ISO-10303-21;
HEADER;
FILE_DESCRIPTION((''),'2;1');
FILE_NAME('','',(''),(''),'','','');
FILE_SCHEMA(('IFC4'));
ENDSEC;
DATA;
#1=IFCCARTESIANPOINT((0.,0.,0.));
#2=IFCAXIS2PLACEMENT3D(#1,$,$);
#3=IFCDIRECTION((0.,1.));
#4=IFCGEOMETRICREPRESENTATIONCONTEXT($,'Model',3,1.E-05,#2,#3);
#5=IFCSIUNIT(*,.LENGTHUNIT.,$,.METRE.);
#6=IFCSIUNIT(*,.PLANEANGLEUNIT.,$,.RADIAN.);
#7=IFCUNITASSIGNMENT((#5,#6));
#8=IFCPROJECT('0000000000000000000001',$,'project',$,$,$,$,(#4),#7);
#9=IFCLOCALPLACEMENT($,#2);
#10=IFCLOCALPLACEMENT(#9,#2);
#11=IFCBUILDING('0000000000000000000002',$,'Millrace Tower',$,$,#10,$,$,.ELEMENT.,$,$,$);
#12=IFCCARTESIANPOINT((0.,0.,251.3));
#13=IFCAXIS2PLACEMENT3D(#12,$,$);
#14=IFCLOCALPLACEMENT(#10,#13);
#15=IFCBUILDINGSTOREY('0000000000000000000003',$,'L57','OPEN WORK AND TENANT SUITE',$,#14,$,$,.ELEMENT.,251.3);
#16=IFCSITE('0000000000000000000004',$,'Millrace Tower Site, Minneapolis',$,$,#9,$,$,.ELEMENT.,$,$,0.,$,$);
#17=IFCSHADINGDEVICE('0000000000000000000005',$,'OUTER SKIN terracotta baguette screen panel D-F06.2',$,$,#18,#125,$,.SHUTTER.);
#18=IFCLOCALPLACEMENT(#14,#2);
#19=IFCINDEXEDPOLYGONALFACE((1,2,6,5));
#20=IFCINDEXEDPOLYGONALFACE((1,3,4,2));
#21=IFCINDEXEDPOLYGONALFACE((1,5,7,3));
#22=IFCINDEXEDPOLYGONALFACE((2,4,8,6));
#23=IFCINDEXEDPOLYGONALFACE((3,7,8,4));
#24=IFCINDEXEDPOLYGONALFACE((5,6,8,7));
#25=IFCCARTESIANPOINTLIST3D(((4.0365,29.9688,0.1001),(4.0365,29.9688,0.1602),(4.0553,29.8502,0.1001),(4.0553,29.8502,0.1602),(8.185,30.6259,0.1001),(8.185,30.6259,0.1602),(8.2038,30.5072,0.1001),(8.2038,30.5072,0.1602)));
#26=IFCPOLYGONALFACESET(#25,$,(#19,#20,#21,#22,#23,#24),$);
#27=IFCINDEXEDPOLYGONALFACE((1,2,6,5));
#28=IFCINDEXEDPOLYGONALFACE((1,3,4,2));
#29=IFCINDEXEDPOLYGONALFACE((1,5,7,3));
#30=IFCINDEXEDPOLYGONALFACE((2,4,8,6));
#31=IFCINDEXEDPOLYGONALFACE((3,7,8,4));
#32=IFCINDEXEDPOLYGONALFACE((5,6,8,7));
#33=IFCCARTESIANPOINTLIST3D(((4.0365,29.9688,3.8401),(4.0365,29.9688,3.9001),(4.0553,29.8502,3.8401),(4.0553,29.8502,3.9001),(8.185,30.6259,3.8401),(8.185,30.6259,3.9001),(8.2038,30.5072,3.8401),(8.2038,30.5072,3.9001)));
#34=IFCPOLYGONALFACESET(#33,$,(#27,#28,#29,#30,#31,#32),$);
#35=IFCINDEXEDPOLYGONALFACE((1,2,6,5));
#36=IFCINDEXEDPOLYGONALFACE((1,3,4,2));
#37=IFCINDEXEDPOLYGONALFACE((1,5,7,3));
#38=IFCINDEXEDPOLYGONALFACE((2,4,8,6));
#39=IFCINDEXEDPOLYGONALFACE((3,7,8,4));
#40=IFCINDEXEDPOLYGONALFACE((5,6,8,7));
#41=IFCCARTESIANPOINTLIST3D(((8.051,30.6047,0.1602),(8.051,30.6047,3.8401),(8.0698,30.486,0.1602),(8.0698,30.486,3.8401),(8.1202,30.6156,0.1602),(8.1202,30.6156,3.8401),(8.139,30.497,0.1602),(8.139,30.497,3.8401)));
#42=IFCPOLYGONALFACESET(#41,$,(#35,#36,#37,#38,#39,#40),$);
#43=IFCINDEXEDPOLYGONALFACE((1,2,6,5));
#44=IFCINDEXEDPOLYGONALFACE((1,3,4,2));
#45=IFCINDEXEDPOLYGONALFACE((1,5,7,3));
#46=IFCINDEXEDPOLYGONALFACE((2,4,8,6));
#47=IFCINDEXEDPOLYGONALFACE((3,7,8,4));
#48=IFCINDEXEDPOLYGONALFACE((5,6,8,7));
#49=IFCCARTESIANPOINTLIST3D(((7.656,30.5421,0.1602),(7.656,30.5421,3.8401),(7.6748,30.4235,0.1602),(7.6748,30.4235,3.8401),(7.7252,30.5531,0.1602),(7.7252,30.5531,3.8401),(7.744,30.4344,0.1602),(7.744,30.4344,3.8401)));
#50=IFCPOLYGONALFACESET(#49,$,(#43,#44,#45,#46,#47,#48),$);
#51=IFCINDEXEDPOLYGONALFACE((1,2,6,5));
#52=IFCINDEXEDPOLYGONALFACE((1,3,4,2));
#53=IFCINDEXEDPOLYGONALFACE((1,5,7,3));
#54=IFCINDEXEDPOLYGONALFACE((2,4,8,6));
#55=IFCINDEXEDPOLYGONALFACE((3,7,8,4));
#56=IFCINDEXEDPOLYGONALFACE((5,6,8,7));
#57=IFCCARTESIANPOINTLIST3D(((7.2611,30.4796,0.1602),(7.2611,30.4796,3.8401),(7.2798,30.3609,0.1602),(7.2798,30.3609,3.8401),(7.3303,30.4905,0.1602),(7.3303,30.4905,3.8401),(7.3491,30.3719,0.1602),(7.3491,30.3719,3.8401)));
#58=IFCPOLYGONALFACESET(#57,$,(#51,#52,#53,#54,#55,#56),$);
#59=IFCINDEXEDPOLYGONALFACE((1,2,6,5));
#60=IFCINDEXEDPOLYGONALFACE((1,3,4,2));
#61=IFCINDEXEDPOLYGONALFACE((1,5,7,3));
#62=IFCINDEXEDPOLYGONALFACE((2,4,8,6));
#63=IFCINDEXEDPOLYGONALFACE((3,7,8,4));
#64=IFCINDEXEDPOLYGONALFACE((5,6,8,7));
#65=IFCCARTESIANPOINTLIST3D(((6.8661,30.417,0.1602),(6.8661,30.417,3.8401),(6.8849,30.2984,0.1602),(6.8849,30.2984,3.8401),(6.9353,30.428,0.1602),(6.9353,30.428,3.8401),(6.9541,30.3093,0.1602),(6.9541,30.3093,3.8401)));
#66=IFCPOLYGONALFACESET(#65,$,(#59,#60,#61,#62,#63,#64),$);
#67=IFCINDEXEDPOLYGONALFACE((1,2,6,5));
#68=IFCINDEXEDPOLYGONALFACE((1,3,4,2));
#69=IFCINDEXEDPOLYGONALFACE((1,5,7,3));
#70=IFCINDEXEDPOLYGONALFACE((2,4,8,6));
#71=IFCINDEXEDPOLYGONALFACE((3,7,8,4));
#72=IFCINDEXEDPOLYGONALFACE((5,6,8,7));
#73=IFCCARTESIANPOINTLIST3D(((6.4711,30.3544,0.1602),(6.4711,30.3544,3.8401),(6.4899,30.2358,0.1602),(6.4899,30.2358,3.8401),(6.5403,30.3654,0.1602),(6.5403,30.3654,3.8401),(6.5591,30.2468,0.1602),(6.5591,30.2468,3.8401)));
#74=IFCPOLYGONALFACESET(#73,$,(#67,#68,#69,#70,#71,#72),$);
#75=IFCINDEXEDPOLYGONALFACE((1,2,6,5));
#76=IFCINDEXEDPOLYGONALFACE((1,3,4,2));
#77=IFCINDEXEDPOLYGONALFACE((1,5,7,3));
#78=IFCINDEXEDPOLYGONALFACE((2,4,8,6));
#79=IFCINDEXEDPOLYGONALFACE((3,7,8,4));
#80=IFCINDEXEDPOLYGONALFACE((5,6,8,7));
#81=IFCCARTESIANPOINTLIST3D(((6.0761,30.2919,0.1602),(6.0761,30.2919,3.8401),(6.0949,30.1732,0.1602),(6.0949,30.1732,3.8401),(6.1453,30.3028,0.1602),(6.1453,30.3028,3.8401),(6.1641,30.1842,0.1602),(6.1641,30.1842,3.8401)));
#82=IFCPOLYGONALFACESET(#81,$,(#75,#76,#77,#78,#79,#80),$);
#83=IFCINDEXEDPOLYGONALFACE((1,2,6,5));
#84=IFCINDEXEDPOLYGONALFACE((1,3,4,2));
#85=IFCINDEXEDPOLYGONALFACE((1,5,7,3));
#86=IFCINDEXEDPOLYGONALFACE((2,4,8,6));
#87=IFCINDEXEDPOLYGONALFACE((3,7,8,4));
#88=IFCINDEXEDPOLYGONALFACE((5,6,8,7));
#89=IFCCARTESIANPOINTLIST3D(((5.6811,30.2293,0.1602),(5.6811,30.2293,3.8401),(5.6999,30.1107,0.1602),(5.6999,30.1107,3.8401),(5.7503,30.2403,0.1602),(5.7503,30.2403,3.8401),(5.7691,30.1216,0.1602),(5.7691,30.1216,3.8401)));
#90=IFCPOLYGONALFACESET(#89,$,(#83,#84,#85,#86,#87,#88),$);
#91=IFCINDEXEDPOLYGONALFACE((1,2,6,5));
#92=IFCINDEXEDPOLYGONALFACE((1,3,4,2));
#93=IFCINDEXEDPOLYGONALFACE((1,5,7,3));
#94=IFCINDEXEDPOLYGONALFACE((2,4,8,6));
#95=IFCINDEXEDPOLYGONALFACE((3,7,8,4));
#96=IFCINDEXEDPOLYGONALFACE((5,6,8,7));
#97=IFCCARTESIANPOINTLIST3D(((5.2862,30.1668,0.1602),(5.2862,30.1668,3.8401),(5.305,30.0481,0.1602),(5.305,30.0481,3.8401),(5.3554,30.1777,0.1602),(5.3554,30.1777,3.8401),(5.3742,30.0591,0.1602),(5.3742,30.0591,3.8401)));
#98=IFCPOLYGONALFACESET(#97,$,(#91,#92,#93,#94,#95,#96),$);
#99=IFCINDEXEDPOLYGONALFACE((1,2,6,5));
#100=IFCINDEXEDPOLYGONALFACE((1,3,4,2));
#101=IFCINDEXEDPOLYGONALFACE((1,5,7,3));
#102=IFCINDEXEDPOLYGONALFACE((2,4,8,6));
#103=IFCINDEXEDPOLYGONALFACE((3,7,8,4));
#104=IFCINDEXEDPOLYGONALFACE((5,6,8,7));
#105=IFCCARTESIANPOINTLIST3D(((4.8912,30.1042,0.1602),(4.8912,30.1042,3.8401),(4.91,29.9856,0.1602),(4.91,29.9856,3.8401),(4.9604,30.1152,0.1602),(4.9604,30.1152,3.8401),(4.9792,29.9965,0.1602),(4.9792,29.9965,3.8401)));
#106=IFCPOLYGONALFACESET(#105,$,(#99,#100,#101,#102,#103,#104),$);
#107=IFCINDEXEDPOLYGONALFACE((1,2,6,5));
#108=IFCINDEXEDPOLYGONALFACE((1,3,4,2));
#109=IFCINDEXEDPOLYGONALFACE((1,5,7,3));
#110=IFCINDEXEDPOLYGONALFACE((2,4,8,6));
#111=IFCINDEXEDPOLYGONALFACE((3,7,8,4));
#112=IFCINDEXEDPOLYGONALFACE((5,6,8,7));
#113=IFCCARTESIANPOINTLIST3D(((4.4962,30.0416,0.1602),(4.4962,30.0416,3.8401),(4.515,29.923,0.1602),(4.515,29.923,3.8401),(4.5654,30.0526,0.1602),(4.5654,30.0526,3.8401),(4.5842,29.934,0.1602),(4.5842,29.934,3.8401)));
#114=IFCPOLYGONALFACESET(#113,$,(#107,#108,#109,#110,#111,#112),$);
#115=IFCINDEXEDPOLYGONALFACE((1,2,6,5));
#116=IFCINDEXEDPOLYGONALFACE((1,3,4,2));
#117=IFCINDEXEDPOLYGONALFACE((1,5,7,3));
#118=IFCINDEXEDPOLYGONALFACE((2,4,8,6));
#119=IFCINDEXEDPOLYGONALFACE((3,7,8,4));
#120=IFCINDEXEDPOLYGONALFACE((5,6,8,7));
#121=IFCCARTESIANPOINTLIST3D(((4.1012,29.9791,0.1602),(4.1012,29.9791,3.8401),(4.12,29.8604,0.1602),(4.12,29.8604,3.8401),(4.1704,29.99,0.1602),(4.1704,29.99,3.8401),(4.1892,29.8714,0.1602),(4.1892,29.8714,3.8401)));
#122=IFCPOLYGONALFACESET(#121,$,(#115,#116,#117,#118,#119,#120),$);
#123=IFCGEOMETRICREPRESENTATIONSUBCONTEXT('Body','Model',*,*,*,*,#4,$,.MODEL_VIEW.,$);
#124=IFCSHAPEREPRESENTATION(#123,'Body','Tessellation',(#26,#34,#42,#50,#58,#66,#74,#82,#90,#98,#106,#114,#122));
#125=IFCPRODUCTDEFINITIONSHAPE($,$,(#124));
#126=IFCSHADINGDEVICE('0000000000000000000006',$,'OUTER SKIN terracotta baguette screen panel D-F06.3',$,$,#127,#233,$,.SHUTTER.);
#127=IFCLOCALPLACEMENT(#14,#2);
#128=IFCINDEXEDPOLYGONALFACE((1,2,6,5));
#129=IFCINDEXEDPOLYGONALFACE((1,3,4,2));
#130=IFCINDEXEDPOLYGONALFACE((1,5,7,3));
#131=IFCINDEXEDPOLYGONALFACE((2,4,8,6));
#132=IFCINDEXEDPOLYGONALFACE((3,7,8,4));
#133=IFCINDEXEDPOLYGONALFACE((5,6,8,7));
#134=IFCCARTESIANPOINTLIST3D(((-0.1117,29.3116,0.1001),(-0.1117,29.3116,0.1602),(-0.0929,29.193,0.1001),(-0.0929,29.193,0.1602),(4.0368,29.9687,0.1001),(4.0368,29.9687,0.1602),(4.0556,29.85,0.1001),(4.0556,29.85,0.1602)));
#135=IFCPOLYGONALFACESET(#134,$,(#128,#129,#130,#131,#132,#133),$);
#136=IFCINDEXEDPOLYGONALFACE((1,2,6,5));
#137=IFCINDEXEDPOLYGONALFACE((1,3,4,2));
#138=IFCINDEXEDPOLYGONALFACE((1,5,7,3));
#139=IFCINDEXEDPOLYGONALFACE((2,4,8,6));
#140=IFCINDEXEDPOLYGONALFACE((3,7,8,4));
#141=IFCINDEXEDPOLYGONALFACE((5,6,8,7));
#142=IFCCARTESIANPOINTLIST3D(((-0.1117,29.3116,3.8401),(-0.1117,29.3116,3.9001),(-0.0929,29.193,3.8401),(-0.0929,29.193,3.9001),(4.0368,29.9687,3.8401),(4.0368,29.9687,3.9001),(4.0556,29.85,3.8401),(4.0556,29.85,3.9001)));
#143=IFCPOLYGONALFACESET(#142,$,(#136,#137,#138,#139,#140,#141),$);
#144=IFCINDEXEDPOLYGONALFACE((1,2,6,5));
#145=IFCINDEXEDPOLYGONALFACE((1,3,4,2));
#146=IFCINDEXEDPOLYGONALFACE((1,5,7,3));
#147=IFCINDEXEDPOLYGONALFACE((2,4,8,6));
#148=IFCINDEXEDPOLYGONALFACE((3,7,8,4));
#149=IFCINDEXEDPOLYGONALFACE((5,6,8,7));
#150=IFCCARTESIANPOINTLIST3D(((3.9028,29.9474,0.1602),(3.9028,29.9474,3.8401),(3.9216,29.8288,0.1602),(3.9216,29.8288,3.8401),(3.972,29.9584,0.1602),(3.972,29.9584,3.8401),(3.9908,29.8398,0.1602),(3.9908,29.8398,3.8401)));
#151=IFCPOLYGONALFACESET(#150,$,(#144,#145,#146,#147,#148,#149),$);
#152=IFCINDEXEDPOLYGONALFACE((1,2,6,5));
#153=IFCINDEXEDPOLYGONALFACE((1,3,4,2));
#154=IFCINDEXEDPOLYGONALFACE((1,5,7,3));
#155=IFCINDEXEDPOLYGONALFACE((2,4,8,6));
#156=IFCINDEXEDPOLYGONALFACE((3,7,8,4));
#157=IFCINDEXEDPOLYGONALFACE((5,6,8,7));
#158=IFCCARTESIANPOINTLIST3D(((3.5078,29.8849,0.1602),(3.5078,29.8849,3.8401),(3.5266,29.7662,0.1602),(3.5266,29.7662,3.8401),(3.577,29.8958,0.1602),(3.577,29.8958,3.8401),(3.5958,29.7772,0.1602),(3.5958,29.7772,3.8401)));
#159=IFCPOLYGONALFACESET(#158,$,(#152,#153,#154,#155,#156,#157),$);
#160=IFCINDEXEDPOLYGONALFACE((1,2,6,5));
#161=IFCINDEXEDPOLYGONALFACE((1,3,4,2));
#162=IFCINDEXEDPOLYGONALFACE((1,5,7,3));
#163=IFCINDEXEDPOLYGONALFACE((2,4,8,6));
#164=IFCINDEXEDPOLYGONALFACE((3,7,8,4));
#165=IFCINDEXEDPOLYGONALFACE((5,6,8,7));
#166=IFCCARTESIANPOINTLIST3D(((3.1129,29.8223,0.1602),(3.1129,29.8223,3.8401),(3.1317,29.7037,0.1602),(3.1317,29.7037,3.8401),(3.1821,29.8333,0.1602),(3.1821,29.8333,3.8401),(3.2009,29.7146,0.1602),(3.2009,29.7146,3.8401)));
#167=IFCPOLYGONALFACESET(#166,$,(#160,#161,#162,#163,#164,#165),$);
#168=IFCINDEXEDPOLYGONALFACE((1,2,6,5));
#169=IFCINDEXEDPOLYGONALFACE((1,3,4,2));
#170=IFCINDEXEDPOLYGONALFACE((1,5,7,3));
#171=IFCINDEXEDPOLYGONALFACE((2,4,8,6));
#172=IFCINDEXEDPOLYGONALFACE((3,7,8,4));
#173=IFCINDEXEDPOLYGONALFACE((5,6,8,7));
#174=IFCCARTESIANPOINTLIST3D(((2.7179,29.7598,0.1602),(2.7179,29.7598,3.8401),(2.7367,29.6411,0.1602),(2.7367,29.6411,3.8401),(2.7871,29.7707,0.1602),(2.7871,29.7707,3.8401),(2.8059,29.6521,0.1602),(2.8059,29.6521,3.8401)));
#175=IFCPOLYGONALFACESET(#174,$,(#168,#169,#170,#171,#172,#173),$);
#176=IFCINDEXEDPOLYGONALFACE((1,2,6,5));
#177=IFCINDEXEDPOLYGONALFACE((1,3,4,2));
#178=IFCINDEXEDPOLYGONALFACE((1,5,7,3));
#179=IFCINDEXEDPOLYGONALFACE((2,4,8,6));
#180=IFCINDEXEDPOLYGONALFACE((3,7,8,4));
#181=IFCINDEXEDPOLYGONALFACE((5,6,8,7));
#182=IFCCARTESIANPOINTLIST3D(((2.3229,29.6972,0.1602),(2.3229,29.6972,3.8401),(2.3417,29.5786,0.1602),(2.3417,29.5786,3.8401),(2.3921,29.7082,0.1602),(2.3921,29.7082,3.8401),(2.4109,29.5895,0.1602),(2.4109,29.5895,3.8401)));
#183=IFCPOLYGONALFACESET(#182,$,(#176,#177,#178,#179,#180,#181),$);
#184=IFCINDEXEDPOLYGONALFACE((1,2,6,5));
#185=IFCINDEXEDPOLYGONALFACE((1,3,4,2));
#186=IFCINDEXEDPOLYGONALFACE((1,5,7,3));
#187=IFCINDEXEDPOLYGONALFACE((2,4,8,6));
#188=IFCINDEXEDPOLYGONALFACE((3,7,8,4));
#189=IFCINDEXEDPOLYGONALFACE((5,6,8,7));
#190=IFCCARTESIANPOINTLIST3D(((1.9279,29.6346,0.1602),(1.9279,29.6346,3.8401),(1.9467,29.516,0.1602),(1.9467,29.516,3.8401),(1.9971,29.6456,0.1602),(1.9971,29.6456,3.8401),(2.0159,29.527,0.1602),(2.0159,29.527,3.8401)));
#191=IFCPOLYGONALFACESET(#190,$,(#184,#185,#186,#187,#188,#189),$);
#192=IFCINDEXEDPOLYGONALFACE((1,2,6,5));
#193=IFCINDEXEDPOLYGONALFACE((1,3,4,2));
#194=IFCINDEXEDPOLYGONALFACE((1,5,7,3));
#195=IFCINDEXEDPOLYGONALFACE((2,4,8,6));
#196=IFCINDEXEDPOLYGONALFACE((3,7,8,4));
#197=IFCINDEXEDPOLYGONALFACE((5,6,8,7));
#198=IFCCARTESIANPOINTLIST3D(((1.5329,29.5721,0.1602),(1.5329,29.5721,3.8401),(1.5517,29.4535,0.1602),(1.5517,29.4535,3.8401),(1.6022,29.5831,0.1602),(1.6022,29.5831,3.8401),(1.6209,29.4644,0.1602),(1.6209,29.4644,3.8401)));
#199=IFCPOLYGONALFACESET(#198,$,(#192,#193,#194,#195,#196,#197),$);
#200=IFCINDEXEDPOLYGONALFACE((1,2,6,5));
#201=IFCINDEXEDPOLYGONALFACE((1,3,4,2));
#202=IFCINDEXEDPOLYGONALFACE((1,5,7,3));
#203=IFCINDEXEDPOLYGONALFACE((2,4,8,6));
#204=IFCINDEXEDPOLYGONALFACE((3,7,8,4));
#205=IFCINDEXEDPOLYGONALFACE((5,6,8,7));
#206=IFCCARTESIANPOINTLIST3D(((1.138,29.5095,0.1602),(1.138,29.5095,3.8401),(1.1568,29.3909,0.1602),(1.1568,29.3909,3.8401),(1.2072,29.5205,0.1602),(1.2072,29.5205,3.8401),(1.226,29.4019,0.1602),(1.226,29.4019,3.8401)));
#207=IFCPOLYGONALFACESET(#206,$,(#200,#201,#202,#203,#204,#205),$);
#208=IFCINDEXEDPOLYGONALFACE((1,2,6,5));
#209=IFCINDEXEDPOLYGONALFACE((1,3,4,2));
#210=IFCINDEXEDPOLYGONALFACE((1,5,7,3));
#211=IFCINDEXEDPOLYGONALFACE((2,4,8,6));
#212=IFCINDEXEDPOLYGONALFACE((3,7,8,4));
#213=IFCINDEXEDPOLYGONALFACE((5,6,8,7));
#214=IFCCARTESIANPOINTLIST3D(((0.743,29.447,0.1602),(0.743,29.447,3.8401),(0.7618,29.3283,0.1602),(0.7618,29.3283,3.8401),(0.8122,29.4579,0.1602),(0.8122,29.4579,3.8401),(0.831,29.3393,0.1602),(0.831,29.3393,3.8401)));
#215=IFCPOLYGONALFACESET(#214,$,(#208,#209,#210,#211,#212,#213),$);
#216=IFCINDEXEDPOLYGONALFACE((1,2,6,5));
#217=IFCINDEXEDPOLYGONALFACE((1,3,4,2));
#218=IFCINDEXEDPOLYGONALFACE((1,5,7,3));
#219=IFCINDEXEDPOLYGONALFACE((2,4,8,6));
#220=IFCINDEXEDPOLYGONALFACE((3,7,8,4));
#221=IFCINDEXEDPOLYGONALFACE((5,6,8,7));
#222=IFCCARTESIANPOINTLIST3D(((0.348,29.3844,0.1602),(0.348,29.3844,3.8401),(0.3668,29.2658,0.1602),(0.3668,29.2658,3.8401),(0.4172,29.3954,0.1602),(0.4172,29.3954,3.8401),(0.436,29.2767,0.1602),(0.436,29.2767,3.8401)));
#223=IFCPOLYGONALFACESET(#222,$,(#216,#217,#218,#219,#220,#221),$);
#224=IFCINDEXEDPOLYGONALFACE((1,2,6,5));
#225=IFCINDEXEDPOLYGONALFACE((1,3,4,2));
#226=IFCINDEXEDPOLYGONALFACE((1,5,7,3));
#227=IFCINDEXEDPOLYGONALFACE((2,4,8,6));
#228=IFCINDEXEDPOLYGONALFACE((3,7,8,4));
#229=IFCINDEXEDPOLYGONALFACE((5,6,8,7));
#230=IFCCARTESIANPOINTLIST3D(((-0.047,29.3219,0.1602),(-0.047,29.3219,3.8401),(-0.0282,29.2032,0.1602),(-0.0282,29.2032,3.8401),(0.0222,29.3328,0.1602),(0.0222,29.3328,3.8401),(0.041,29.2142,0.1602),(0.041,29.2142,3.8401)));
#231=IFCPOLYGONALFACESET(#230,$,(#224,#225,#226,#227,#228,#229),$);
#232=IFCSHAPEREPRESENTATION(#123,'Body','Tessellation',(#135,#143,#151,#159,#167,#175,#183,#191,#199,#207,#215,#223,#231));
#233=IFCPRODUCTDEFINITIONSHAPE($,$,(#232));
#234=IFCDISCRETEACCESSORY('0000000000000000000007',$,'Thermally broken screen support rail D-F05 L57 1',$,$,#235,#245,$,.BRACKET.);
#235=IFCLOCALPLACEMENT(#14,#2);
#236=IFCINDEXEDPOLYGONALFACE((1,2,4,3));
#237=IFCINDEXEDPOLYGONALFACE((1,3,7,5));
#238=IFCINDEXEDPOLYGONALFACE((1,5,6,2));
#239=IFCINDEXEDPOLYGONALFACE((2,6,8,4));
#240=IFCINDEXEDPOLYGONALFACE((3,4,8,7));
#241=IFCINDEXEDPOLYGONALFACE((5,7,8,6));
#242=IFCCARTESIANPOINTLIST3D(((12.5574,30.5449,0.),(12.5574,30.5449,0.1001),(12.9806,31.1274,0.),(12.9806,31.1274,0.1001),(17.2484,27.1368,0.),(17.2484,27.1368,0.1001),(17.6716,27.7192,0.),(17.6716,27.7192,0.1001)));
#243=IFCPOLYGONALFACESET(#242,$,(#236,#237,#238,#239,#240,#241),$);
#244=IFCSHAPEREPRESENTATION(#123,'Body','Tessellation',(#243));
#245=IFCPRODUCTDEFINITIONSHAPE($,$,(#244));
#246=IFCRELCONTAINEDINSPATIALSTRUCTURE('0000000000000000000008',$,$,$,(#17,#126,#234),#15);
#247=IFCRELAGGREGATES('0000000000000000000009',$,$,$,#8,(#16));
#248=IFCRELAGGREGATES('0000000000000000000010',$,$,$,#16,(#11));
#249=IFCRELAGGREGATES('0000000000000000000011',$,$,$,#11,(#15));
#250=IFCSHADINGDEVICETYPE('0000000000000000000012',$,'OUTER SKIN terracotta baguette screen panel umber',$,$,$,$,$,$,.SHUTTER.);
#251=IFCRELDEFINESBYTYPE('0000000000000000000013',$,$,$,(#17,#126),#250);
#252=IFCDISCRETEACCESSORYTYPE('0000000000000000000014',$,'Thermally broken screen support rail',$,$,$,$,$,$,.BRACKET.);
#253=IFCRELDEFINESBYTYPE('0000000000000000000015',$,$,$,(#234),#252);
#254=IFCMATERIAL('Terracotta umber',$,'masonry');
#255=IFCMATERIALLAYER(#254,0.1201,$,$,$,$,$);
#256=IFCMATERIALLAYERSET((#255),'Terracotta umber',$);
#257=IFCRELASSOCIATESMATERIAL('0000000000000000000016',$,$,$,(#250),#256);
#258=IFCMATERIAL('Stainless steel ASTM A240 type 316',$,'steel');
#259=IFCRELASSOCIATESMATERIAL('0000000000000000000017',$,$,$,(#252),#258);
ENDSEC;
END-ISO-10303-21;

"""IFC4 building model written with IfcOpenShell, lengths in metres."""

from ifc_helpers import new_model, entity, si_unit, direction, frame, frame_2d, origin, origin_2d, place, context, subcontext, project, spatial, rectangle, extrude, source, transform, mapped, material, layer, layer_set, type_object, element, save


model = new_model("IFC4")

# Units and contexts
model_context = context("Model", 3, precision=1e-05, world=origin(), true_north=direction((0.0, 1.0)))
body_context = subcontext(model_context, "Body", "Model", "MODEL_VIEW")
ifc_project = project(units=[si_unit("LENGTHUNIT", "METRE"), si_unit("PLANEANGLEUNIT", "RADIAN")], contexts=[model_context])

# Site, building, storey
site_placement = place(None, origin())
site = spatial("IfcSite", under=ifc_project, at=site_placement, Name="Millrace Tower Site, Minneapolis", CompositionType="ELEMENT", RefElevation=0.0)
building_placement = place(site_placement, origin())
building = spatial("IfcBuilding", under=site, at=building_placement, Name="Millrace Tower", CompositionType="ELEMENT")
storey_placement = place(building_placement, frame((0.0, 0.0, 251.3)))
storey = spatial("IfcBuildingStorey", under=building, at=storey_placement, Name="L57", Description="OPEN WORK AND TENANT SUITE", CompositionType="ELEMENT", Elevation=251.3)

# Shading devices
ifc_material_1 = material(Name="Terracotta umber", Category="masonry")
ifc_layer_1 = layer(ifc_material_1, 0.1201)
ifc_layer_set_1 = layer_set([ifc_layer_1], Name="Terracotta umber")
shading_device_type = type_object("IfcShadingDeviceType", Name="OUTER SKIN terracotta baguette screen panel umber", PredefinedType="SHUTTER", material=ifc_layer_set_1)
cartesian_point_1 = entity("IfcCartesianPoint", [-2.1001, 0.0601])
shared_polyline_1 = entity("IfcPolyline", [cartesian_point_1, entity("IfcCartesianPoint", [2.1001, 0.0601]), entity("IfcCartesianPoint", [2.1001, -0.0601]), entity("IfcCartesianPoint", [-2.1001, -0.0601]), cartesian_point_1])
shared_shape_1 = source(origin(), body_context, "Body", "SweptSolid", [
    entity("IfcExtrudedAreaSolid", entity("IfcArbitraryClosedProfileDef", "AREA", None, shared_polyline_1), entity("IfcAxis2Placement3D", entity("IfcCartesianPoint", [0.0, 0.0, 0.0])), entity("IfcDirection", [0.0, 0.0, 1.0]), 0.0601),
    entity("IfcExtrudedAreaSolid", entity("IfcArbitraryClosedProfileDef", "AREA", None, shared_polyline_1), entity("IfcAxis2Placement3D", entity("IfcCartesianPoint", [0.0, 0.0, 3.74])), entity("IfcDirection", [0.0, 0.0, 1.0]), 0.0601),
    extrude(rectangle(XDim=0.0701, YDim=0.1201, at=frame_2d((-1.9995, 0.0))), frame((0.0, 0.0, 0.0601)), (0.0, 0.0, 1.0), 3.6799),
    extrude(rectangle(XDim=0.0701, YDim=0.1201, at=frame_2d((-1.5996, 0.0))), frame((0.0, 0.0, 0.0601)), (0.0, 0.0, 1.0), 3.6799),
    extrude(rectangle(XDim=0.0701, YDim=0.1201, at=frame_2d((-1.1997, 0.0))), frame((0.0, 0.0, 0.0601)), (0.0, 0.0, 1.0), 3.6799),
    extrude(rectangle(XDim=0.0701, YDim=0.1201, at=frame_2d((-0.7998, 0.0))), frame((0.0, 0.0, 0.0601)), (0.0, 0.0, 1.0), 3.6799),
    extrude(rectangle(XDim=0.0701, YDim=0.1201, at=frame_2d((-0.3999, 0.0))), frame((0.0, 0.0, 0.0601)), (0.0, 0.0, 1.0), 3.6799),
    extrude(rectangle(XDim=0.0701, YDim=0.1201, at=origin_2d()), frame((0.0, 0.0, 0.0601)), (0.0, 0.0, 1.0), 3.6799),
    extrude(rectangle(XDim=0.0701, YDim=0.1201, at=frame_2d((0.3999, 0.0))), frame((0.0, 0.0, 0.0601)), (0.0, 0.0, 1.0), 3.6799),
    extrude(rectangle(XDim=0.0701, YDim=0.1201, at=frame_2d((0.7998, 0.0))), frame((0.0, 0.0, 0.0601)), (0.0, 0.0, 1.0), 3.6799),
    extrude(rectangle(XDim=0.0701, YDim=0.1201, at=frame_2d((1.1997, 0.0))), frame((0.0, 0.0, 0.0601)), (0.0, 0.0, 1.0), 3.6799),
    extrude(rectangle(XDim=0.0701, YDim=0.1201, at=frame_2d((1.5996, 0.0))), frame((0.0, 0.0, 0.0601)), (0.0, 0.0, 1.0), 3.6799),
    extrude(rectangle(XDim=0.0701, YDim=0.1201, at=frame_2d((1.9995, 0.0))), frame((0.0, 0.0, 0.0601)), (0.0, 0.0, 1.0), 3.6799),
])
for number, where, z_axis, x_axis, name in (
    (1, (6.1201, 30.238, 0.1001), (0.0, 0.0, 1.0), (-0.987688, -0.156434, 0.0), "OUTER SKIN terracotta baguette screen panel D-F06.2"),
    (2, (1.9719, 29.5808, 0.1001), (0.0, 0.0, 1.0), (-0.987688, -0.156434, 0.0), "OUTER SKIN terracotta baguette screen panel D-F06.3"),
):
    element("IfcShadingDevice", number, at=place(storey_placement, frame(where, z_axis=z_axis, x_axis=x_axis)), inside=storey, type_object=shading_device_type, Name=name, PredefinedType="SHUTTER", context=body_context, shape_type="MappedRepresentation", body=[
        mapped(shared_shape_1, transform((0.0, 0.0, 0.0), scale=1.0)),
    ])

# Discrete accessory
ifc_material_2 = material(Name="Stainless steel ASTM A240 type 316", Category="steel")
discrete_accessory_type = type_object("IfcDiscreteAccessoryType", Name="Thermally broken screen support rail", PredefinedType="BRACKET", material=ifc_material_2)
discrete_accessory_placement = place(storey_placement, frame((15.1145, 29.1321, 0.0), z_axis=(0.0, 0.0, 1.0), x_axis=(-0.809017, 0.587785, 0.0)))
element("IfcDiscreteAccessory", 3, at=discrete_accessory_placement, inside=storey, type_object=discrete_accessory_type, Name="Thermally broken screen support rail D-F05 L57 1", PredefinedType="BRACKET", context=body_context, shape_type="SweptSolid", body=[
    extrude(rectangle(XDim=5.7983, YDim=0.72, at=origin_2d()), origin(), (0.0, 0.0, 1.0), 0.1001),
])

save(model, "model.ifc")
